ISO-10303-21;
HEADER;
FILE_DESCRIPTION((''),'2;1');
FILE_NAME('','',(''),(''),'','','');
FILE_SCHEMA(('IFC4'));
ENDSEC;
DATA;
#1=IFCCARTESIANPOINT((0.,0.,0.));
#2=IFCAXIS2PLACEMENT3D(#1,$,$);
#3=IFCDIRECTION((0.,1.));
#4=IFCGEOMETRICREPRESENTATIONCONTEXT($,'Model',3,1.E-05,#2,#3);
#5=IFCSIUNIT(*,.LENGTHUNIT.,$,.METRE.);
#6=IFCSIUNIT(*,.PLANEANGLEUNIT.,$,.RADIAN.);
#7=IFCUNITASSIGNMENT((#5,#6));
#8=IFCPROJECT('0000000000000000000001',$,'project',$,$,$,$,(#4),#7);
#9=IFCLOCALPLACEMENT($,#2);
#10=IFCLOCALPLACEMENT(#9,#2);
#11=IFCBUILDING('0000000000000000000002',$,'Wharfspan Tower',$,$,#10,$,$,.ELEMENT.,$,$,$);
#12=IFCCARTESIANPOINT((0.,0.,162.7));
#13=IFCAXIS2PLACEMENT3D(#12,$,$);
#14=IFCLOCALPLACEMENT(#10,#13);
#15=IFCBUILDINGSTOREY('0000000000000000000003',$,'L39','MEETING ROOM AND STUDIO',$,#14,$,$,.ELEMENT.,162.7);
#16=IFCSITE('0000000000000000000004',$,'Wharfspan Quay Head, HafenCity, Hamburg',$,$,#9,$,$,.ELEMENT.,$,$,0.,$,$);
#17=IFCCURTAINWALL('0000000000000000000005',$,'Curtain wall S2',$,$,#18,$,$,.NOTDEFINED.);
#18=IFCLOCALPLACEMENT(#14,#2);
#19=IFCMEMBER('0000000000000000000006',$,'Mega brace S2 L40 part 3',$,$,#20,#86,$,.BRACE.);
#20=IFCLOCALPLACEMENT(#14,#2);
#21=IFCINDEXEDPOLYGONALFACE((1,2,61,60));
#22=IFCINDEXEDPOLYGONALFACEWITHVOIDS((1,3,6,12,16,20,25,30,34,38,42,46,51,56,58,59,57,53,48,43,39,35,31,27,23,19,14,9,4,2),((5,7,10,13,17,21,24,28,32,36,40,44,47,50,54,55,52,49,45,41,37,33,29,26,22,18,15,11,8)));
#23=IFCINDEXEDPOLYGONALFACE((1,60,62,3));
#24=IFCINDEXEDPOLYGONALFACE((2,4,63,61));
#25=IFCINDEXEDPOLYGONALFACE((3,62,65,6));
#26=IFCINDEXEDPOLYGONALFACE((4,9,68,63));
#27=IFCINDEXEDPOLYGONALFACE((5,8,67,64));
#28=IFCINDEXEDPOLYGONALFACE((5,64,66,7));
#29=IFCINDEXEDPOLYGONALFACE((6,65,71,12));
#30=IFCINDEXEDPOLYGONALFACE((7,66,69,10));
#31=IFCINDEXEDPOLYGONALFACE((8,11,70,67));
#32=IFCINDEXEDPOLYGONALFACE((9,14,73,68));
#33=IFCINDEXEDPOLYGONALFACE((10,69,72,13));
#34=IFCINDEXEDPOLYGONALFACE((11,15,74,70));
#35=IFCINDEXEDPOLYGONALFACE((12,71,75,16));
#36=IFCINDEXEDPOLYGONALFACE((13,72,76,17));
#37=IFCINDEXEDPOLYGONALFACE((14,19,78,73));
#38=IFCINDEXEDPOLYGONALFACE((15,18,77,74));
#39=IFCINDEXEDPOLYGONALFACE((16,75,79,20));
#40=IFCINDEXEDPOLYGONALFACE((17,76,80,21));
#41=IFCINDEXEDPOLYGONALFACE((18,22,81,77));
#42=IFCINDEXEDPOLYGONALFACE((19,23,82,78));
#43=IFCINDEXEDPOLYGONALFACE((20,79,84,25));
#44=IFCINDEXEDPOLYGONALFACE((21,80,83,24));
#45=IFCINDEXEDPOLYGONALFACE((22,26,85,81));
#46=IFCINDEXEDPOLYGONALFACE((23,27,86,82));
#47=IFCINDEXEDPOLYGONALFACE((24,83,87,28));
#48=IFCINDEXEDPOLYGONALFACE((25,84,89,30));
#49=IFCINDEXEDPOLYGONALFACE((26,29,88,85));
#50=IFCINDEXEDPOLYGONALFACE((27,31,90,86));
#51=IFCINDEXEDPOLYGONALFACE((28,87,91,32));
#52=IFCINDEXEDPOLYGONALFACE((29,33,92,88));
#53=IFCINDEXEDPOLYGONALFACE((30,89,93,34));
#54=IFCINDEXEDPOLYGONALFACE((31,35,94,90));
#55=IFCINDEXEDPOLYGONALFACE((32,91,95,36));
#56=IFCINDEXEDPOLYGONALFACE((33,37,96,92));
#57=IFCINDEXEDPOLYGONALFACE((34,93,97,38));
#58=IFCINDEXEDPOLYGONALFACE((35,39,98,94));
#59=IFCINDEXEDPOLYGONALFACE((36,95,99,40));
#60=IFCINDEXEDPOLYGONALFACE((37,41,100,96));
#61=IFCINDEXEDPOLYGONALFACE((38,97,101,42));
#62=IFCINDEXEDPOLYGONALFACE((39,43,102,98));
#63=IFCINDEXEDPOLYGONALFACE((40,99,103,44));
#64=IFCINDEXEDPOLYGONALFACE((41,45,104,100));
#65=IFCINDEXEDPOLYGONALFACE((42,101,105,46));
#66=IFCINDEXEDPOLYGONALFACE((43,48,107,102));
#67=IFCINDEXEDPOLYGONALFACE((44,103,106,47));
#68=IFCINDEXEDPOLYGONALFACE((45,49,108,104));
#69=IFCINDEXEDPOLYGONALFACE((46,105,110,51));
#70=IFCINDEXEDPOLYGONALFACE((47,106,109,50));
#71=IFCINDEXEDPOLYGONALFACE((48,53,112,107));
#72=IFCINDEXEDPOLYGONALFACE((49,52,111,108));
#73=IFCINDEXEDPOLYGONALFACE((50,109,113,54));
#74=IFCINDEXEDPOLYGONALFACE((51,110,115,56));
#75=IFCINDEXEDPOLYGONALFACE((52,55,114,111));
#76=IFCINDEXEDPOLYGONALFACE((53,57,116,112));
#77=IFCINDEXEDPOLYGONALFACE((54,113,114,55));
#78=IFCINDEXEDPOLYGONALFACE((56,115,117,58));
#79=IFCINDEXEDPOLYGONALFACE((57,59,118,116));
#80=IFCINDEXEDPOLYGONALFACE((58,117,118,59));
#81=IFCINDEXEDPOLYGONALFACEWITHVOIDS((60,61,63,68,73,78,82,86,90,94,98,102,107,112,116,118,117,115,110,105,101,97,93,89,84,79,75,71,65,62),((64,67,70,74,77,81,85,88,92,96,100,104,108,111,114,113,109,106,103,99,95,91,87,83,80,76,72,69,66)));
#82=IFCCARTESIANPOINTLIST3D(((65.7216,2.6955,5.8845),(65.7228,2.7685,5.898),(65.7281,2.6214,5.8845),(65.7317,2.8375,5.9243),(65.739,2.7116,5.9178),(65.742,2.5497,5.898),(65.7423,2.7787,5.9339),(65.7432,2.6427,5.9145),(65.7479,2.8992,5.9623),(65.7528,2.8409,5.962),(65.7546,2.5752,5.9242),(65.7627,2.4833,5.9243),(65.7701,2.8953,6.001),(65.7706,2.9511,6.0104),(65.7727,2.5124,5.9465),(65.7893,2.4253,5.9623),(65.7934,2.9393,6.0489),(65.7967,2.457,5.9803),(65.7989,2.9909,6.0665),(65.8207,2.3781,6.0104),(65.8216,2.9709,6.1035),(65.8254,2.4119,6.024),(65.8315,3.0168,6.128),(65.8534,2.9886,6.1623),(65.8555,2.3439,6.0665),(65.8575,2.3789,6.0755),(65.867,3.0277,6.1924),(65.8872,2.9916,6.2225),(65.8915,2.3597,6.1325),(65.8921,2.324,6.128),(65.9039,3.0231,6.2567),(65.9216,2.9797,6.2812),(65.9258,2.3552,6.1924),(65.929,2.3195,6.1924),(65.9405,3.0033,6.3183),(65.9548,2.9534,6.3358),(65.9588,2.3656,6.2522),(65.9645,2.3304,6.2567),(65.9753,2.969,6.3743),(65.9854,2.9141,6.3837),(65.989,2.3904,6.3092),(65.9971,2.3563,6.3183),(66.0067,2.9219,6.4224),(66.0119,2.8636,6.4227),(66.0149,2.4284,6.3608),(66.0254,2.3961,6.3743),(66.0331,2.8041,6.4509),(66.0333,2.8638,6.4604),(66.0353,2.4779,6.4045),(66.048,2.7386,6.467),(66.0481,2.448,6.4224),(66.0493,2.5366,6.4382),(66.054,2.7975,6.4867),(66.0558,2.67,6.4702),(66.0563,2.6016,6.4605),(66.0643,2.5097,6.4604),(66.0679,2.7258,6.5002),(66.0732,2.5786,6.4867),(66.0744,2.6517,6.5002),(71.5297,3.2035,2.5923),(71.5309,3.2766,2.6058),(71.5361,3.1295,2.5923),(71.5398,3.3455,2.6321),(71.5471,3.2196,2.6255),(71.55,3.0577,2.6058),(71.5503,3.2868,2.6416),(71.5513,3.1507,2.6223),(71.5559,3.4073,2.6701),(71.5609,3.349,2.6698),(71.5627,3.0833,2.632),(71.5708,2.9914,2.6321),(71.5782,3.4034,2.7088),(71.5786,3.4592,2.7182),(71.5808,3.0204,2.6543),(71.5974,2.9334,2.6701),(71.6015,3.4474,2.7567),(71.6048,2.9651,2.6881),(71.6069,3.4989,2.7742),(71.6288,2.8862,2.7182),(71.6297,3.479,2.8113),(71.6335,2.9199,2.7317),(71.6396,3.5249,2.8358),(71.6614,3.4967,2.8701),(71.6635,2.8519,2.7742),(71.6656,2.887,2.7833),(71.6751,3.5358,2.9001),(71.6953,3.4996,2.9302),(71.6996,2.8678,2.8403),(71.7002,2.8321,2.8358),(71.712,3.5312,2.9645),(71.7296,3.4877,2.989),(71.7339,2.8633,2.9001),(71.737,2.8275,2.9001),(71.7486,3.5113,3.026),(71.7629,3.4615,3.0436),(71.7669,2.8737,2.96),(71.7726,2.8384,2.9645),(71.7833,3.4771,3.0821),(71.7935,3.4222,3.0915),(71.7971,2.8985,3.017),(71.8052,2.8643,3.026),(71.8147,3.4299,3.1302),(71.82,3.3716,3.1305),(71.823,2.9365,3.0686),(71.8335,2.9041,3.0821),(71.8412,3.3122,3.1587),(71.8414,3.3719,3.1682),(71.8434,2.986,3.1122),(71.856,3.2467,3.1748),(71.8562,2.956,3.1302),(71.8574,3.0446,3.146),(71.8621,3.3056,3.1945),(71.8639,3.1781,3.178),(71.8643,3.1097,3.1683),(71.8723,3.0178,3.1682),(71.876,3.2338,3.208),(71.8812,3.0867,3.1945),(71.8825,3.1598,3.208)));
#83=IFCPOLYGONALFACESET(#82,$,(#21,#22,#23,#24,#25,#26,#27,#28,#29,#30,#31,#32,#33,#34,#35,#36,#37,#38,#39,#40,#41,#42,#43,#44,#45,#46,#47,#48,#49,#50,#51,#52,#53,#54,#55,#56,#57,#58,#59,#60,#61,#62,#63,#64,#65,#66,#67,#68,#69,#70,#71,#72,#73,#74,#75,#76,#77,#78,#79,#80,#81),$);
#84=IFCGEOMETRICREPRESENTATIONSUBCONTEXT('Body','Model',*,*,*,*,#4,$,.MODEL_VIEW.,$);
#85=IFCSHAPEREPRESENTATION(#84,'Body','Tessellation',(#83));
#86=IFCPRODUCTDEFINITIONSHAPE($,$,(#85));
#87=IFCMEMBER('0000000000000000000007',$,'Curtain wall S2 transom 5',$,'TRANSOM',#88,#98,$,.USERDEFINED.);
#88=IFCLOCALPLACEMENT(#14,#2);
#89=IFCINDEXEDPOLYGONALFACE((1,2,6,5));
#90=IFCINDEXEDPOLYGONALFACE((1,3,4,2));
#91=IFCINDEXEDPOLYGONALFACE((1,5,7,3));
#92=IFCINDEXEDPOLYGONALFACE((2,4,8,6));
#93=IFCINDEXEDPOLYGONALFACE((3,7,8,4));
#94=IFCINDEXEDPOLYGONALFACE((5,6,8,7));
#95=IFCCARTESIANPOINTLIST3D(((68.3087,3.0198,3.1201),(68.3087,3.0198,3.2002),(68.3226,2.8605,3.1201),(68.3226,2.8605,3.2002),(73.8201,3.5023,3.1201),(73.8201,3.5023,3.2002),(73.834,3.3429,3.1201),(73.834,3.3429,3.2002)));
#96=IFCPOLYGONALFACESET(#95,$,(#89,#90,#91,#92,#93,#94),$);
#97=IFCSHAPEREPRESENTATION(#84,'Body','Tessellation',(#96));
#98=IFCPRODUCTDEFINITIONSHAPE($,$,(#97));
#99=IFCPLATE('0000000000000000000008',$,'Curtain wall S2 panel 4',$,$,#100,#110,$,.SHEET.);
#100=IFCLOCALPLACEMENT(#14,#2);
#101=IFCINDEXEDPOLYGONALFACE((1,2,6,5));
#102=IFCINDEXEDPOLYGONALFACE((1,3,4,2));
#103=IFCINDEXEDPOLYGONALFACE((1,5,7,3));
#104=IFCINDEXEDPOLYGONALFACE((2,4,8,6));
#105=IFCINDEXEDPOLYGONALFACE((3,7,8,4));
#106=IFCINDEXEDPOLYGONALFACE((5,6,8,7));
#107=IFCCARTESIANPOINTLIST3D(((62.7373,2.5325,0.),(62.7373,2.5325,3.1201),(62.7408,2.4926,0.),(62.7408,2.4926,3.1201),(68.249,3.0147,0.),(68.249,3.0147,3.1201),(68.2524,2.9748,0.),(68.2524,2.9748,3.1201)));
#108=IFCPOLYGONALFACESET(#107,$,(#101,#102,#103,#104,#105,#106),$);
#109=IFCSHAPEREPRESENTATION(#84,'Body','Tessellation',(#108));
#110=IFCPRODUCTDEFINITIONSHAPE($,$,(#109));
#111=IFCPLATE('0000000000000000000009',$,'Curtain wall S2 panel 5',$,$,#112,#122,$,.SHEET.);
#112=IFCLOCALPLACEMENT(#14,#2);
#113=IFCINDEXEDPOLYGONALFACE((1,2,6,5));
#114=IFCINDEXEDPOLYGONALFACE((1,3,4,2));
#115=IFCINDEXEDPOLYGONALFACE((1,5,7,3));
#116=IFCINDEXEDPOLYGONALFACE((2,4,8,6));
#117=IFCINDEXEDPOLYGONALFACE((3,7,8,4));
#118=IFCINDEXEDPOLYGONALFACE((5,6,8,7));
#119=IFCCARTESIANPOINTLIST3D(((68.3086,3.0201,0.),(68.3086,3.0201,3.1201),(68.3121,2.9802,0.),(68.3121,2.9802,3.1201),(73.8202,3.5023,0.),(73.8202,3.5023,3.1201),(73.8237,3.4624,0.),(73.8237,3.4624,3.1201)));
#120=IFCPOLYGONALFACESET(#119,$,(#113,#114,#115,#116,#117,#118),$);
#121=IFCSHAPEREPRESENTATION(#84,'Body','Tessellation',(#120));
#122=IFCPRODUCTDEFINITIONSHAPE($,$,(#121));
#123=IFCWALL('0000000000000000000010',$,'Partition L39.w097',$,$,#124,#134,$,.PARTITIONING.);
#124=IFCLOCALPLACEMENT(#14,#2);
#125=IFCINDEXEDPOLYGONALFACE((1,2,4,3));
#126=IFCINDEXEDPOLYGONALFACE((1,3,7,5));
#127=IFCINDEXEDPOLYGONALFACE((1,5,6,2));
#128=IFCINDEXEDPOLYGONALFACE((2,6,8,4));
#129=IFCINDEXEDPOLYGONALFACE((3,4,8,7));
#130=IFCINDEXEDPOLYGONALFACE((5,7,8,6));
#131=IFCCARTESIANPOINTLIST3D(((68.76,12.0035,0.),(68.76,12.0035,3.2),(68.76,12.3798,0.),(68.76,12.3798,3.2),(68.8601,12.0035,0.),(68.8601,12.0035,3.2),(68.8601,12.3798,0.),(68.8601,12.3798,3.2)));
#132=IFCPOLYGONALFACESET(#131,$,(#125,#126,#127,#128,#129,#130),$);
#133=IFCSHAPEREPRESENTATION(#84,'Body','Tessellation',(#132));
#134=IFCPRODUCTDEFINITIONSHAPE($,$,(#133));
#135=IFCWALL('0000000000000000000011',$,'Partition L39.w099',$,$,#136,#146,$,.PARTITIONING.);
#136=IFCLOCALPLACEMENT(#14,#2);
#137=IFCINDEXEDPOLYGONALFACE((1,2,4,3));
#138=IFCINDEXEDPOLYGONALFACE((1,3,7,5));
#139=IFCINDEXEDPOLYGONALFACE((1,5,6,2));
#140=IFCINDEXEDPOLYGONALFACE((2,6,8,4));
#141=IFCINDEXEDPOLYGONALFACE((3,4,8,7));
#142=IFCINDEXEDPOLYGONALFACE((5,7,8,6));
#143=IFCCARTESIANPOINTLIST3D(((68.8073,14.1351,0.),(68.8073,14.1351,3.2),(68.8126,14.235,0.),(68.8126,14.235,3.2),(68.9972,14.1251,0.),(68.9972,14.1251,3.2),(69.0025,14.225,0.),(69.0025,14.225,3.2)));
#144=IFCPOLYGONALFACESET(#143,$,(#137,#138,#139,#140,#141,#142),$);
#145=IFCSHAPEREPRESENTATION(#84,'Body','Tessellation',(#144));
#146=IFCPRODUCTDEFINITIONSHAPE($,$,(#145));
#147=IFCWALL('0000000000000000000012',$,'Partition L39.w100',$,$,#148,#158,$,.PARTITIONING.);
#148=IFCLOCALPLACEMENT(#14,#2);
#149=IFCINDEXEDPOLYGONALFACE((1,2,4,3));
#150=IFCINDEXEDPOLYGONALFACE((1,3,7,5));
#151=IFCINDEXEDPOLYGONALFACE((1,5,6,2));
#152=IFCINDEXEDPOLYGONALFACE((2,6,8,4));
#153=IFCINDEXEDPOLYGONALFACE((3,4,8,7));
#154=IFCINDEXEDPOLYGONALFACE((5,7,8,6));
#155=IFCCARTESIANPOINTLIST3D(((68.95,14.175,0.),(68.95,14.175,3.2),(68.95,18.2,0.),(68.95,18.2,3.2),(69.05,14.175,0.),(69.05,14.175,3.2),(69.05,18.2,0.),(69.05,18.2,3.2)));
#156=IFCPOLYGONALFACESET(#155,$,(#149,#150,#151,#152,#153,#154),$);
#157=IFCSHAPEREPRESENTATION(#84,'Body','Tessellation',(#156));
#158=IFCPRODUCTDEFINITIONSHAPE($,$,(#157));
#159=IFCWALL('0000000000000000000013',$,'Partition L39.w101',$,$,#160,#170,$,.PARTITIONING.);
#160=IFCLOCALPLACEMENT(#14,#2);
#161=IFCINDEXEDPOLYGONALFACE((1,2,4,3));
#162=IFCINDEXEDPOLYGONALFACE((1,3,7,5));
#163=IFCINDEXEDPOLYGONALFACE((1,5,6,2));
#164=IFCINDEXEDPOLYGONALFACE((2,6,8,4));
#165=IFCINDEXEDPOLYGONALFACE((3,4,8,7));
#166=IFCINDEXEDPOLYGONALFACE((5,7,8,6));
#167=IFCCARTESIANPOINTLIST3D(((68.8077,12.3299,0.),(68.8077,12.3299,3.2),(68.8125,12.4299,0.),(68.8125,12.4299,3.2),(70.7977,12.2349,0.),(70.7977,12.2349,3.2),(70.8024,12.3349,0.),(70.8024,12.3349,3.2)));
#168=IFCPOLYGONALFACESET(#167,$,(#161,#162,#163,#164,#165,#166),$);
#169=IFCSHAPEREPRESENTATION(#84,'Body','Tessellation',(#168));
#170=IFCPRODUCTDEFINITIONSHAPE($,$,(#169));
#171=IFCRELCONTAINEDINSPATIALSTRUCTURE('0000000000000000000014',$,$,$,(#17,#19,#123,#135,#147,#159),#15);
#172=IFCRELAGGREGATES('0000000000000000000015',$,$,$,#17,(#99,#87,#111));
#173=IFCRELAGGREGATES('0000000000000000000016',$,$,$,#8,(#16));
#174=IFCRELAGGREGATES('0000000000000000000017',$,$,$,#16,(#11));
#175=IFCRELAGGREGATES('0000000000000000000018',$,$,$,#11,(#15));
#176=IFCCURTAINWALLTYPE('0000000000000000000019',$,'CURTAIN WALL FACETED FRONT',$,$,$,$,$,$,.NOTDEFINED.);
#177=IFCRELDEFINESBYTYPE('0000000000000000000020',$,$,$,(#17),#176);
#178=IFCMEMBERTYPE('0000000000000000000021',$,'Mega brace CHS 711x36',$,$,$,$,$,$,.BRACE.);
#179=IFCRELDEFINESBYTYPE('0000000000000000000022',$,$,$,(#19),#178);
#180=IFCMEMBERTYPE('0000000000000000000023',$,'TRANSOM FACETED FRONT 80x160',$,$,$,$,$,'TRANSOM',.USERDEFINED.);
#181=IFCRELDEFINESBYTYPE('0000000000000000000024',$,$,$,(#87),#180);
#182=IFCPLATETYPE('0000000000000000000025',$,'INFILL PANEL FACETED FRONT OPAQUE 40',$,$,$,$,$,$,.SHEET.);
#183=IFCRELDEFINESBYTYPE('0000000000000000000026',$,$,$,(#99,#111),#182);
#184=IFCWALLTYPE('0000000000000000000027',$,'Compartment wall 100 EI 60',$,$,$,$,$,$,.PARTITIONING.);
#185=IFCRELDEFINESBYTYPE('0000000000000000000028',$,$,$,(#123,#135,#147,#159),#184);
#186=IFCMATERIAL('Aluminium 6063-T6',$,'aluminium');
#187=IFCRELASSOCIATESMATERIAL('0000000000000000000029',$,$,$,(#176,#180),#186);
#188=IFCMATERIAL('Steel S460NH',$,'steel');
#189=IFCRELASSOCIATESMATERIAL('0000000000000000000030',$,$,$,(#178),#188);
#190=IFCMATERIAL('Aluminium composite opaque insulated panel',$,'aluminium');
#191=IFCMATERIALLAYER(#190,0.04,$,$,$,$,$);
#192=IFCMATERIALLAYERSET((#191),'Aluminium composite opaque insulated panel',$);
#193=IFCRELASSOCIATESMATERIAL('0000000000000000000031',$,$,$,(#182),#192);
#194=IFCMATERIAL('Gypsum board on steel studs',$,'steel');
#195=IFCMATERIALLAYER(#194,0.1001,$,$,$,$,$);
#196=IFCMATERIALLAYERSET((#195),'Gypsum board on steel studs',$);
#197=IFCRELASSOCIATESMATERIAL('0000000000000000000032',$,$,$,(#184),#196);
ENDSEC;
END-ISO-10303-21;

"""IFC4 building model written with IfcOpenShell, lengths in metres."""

from ifc_helpers import new_model, si_unit, direction, frame, frame_2d, origin, origin_2d, place, context, subcontext, project, spatial, rectangle, hollow_circle, extrude, material, layer, layer_set, material_profile, profile_set, type_object, element, aggregate, save


model = new_model("IFC4")

# Units and contexts
model_context = context("Model", 3, precision=1e-05, world=origin(), true_north=direction((0.0, 1.0)))
body_context = subcontext(model_context, "Body", "Model", "MODEL_VIEW")
ifc_project = project(units=[si_unit("LENGTHUNIT", "METRE"), si_unit("PLANEANGLEUNIT", "RADIAN")], contexts=[model_context])

# Site, building, storey
site_placement = place(None, origin())
site = spatial("IfcSite", under=ifc_project, at=site_placement, Name="Wharfspan Quay Head, HafenCity, Hamburg", CompositionType="ELEMENT", RefElevation=0.0)
building_placement = place(site_placement, origin())
building = spatial("IfcBuilding", under=site, at=building_placement, Name="Wharfspan Tower", CompositionType="ELEMENT")
storey_placement = place(building_placement, frame((0.0, 0.0, 162.7)))
storey = spatial("IfcBuildingStorey", under=building, at=storey_placement, Name="L39", Description="MEETING ROOM AND STUDIO", CompositionType="ELEMENT", Elevation=162.7)

# Curtain wall
ifc_material_1 = material(Name="Aluminium 6063-T6", Category="aluminium")
curtain_wall_type = type_object("IfcCurtainWallType", Name="CURTAIN WALL FACETED FRONT", PredefinedType="NOTDEFINED", material=ifc_material_1)
curtain_wall_placement = place(storey_placement, origin())
curtain_wall = element("IfcCurtainWall", 1, at=curtain_wall_placement, inside=storey, type_object=curtain_wall_type, Name="Curtain wall S2", PredefinedType="NOTDEFINED")

# Members
ifc_material_2 = material(Name="Steel S460NH", Category="steel")
ifc_material_profile_1 = material_profile(ifc_material_2, hollow_circle(Radius=0.3555, WallThickness=0.0359, at=origin_2d()))
ifc_profile_set_1 = profile_set([ifc_material_profile_1], Name="Steel S460NH")
member_type_1 = type_object("IfcMemberType", Name="Mega brace CHS 711x36", PredefinedType="BRACE", material=ifc_profile_set_1)
member_1_placement = place(storey_placement, frame((71.7061, 3.1816, 2.9001), z_axis=(-0.867451, -0.075879, 0.491702), x_axis=(0.087142, -0.996197, 0.000002)))
element("IfcMember", 2, at=member_1_placement, inside=storey, type_object=member_type_1, Name="Mega brace S2 L40 part 3", PredefinedType="BRACE", context=body_context, shape_type="SweptSolid", body=[
    extrude(hollow_circle(Radius=0.3555, WallThickness=0.0359, at=origin_2d()), origin(), (0.0, 0.0, 1.0), 6.6956),
])
ifc_material_profile_2 = material_profile(ifc_material_1, rectangle(XDim=0.1599, YDim=0.0801, at=origin_2d()))
ifc_profile_set_2 = profile_set([ifc_material_profile_2], Name="Aluminium 6063-T6")
member_type_2 = type_object("IfcMemberType", Name="TRANSOM FACETED FRONT 80x160", ElementType="TRANSOM", PredefinedType="USERDEFINED", material=ifc_profile_set_2)
member_2_placement = place(storey_placement, frame((68.3157, 2.9402, 3.1602), z_axis=(0.996191, 0.087197, 0.0), x_axis=(-0.087197, 0.996191, 0.0)))
member_2 = element("IfcMember", 3, at=member_2_placement, type_object=member_type_2, Name="Curtain wall S2 transom 5", ObjectType="TRANSOM", PredefinedType="USERDEFINED", context=body_context, shape_type="SweptSolid", body=[
    extrude(rectangle(XDim=0.1599, YDim=0.0801, at=origin_2d()), origin(), (0.0, 0.0, 1.0), 5.5325),
])

# Plates
ifc_material_3 = material(Name="Aluminium composite opaque insulated panel", Category="aluminium")
ifc_layer_1 = layer(ifc_material_3, 0.04)
ifc_layer_set_1 = layer_set([ifc_layer_1], Name="Aluminium composite opaque insulated panel")
plate_type = type_object("IfcPlateType", Name="INFILL PANEL FACETED FRONT OPAQUE 40", PredefinedType="SHEET", material=ifc_layer_set_1)
plate_1_placement = place(storey_placement, frame((65.4949, 2.7537, 0.0), z_axis=(0.0, 0.0, 1.0), x_axis=(0.996198, 0.087156, 0.0)))
plate_1 = element("IfcPlate", 4, at=plate_1_placement, type_object=plate_type, Name="Curtain wall S2 panel 4", PredefinedType="SHEET", context=body_context, shape_type="SweptSolid", body=[
    extrude(rectangle(XDim=5.5327, YDim=0.04, at=origin_2d()), origin(), (0.0, 0.0, 1.0), 3.1201),
])
plate_2_placement = place(storey_placement, frame((71.0662, 3.2412, 0.0), z_axis=(0.0, 0.0, 1.0), x_axis=(0.996198, 0.087156, 0.0)))
plate_2 = element("IfcPlate", 5, at=plate_2_placement, type_object=plate_type, Name="Curtain wall S2 panel 5", PredefinedType="SHEET", context=body_context, shape_type="SweptSolid", body=[
    extrude(rectangle(XDim=5.5327, YDim=0.04, at=origin_2d()), origin(), (0.0, 0.0, 1.0), 3.1201),
])
aggregate(curtain_wall, [plate_1, member_2, plate_2])

# Walls
ifc_material_4 = material(Name="Gypsum board on steel studs", Category="steel")
ifc_layer_2 = layer(ifc_material_4, 0.1001)
ifc_layer_set_2 = layer_set([ifc_layer_2], Name="Gypsum board on steel studs")
wall_type_1 = type_object("IfcWallType", Name="Compartment wall 100 EI 60", PredefinedType="PARTITIONING", material=ifc_layer_set_2)
wall_1_placement = place(storey_placement, frame((68.8101, 12.0037, 0.0), z_axis=(0.0, 0.0, 1.0), x_axis=(0.0, 1.0, 0.0)))
element("IfcWall", 6, at=wall_1_placement, inside=storey, type_object=wall_type_1, Name="Partition L39.w097", PredefinedType="PARTITIONING", context=body_context, shape_type="SweptSolid", body=[
    extrude(rectangle(XDim=0.3762, YDim=0.1001, at=frame_2d((0.188, 0.0))), origin(), (0.0, 0.0, 1.0), 3.2),
])
wall_2_placement = place(storey_placement, frame((69.0, 14.175, 0.0), z_axis=(0.0, 0.0, 1.0), x_axis=(-0.99861, 0.052626, 0.0)))
element("IfcWall", 7, at=wall_2_placement, inside=storey, type_object=wall_type_1, Name="Partition L39.w099", PredefinedType="PARTITIONING", context=body_context, shape_type="SweptSolid", body=[
    extrude(rectangle(XDim=0.1902, YDim=0.1001, at=frame_2d((0.0952, 0.0))), origin(), (0.0, 0.0, 1.0), 3.2),
])
wall_3_placement = place(storey_placement, frame((69.0, 14.175, 0.0), z_axis=(0.0, 0.0, 1.0), x_axis=(0.0, 1.0, 0.0)))
element("IfcWall", 8, at=wall_3_placement, inside=storey, type_object=wall_type_1, Name="Partition L39.w100", PredefinedType="PARTITIONING", context=body_context, shape_type="SweptSolid", body=[
    extrude(rectangle(XDim=4.0249, YDim=0.1001, at=frame_2d((2.0125, 0.0))), origin(), (0.0, 0.0, 1.0), 3.2),
])
wall_4_placement = place(storey_placement, frame((70.8, 12.2849, 0.0), z_axis=(0.0, 0.0, 1.0), x_axis=(-0.998864, 0.04767, 0.0)))
element("IfcWall", 9, at=wall_4_placement, inside=storey, type_object=wall_type_1, Name="Partition L39.w101", PredefinedType="PARTITIONING", context=body_context, shape_type="SweptSolid", body=[
    extrude(rectangle(XDim=1.9922, YDim=0.1001, at=frame_2d((0.9961, 0.0))), origin(), (0.0, 0.0, 1.0), 3.2),
])

save(model, "model.ifc")
